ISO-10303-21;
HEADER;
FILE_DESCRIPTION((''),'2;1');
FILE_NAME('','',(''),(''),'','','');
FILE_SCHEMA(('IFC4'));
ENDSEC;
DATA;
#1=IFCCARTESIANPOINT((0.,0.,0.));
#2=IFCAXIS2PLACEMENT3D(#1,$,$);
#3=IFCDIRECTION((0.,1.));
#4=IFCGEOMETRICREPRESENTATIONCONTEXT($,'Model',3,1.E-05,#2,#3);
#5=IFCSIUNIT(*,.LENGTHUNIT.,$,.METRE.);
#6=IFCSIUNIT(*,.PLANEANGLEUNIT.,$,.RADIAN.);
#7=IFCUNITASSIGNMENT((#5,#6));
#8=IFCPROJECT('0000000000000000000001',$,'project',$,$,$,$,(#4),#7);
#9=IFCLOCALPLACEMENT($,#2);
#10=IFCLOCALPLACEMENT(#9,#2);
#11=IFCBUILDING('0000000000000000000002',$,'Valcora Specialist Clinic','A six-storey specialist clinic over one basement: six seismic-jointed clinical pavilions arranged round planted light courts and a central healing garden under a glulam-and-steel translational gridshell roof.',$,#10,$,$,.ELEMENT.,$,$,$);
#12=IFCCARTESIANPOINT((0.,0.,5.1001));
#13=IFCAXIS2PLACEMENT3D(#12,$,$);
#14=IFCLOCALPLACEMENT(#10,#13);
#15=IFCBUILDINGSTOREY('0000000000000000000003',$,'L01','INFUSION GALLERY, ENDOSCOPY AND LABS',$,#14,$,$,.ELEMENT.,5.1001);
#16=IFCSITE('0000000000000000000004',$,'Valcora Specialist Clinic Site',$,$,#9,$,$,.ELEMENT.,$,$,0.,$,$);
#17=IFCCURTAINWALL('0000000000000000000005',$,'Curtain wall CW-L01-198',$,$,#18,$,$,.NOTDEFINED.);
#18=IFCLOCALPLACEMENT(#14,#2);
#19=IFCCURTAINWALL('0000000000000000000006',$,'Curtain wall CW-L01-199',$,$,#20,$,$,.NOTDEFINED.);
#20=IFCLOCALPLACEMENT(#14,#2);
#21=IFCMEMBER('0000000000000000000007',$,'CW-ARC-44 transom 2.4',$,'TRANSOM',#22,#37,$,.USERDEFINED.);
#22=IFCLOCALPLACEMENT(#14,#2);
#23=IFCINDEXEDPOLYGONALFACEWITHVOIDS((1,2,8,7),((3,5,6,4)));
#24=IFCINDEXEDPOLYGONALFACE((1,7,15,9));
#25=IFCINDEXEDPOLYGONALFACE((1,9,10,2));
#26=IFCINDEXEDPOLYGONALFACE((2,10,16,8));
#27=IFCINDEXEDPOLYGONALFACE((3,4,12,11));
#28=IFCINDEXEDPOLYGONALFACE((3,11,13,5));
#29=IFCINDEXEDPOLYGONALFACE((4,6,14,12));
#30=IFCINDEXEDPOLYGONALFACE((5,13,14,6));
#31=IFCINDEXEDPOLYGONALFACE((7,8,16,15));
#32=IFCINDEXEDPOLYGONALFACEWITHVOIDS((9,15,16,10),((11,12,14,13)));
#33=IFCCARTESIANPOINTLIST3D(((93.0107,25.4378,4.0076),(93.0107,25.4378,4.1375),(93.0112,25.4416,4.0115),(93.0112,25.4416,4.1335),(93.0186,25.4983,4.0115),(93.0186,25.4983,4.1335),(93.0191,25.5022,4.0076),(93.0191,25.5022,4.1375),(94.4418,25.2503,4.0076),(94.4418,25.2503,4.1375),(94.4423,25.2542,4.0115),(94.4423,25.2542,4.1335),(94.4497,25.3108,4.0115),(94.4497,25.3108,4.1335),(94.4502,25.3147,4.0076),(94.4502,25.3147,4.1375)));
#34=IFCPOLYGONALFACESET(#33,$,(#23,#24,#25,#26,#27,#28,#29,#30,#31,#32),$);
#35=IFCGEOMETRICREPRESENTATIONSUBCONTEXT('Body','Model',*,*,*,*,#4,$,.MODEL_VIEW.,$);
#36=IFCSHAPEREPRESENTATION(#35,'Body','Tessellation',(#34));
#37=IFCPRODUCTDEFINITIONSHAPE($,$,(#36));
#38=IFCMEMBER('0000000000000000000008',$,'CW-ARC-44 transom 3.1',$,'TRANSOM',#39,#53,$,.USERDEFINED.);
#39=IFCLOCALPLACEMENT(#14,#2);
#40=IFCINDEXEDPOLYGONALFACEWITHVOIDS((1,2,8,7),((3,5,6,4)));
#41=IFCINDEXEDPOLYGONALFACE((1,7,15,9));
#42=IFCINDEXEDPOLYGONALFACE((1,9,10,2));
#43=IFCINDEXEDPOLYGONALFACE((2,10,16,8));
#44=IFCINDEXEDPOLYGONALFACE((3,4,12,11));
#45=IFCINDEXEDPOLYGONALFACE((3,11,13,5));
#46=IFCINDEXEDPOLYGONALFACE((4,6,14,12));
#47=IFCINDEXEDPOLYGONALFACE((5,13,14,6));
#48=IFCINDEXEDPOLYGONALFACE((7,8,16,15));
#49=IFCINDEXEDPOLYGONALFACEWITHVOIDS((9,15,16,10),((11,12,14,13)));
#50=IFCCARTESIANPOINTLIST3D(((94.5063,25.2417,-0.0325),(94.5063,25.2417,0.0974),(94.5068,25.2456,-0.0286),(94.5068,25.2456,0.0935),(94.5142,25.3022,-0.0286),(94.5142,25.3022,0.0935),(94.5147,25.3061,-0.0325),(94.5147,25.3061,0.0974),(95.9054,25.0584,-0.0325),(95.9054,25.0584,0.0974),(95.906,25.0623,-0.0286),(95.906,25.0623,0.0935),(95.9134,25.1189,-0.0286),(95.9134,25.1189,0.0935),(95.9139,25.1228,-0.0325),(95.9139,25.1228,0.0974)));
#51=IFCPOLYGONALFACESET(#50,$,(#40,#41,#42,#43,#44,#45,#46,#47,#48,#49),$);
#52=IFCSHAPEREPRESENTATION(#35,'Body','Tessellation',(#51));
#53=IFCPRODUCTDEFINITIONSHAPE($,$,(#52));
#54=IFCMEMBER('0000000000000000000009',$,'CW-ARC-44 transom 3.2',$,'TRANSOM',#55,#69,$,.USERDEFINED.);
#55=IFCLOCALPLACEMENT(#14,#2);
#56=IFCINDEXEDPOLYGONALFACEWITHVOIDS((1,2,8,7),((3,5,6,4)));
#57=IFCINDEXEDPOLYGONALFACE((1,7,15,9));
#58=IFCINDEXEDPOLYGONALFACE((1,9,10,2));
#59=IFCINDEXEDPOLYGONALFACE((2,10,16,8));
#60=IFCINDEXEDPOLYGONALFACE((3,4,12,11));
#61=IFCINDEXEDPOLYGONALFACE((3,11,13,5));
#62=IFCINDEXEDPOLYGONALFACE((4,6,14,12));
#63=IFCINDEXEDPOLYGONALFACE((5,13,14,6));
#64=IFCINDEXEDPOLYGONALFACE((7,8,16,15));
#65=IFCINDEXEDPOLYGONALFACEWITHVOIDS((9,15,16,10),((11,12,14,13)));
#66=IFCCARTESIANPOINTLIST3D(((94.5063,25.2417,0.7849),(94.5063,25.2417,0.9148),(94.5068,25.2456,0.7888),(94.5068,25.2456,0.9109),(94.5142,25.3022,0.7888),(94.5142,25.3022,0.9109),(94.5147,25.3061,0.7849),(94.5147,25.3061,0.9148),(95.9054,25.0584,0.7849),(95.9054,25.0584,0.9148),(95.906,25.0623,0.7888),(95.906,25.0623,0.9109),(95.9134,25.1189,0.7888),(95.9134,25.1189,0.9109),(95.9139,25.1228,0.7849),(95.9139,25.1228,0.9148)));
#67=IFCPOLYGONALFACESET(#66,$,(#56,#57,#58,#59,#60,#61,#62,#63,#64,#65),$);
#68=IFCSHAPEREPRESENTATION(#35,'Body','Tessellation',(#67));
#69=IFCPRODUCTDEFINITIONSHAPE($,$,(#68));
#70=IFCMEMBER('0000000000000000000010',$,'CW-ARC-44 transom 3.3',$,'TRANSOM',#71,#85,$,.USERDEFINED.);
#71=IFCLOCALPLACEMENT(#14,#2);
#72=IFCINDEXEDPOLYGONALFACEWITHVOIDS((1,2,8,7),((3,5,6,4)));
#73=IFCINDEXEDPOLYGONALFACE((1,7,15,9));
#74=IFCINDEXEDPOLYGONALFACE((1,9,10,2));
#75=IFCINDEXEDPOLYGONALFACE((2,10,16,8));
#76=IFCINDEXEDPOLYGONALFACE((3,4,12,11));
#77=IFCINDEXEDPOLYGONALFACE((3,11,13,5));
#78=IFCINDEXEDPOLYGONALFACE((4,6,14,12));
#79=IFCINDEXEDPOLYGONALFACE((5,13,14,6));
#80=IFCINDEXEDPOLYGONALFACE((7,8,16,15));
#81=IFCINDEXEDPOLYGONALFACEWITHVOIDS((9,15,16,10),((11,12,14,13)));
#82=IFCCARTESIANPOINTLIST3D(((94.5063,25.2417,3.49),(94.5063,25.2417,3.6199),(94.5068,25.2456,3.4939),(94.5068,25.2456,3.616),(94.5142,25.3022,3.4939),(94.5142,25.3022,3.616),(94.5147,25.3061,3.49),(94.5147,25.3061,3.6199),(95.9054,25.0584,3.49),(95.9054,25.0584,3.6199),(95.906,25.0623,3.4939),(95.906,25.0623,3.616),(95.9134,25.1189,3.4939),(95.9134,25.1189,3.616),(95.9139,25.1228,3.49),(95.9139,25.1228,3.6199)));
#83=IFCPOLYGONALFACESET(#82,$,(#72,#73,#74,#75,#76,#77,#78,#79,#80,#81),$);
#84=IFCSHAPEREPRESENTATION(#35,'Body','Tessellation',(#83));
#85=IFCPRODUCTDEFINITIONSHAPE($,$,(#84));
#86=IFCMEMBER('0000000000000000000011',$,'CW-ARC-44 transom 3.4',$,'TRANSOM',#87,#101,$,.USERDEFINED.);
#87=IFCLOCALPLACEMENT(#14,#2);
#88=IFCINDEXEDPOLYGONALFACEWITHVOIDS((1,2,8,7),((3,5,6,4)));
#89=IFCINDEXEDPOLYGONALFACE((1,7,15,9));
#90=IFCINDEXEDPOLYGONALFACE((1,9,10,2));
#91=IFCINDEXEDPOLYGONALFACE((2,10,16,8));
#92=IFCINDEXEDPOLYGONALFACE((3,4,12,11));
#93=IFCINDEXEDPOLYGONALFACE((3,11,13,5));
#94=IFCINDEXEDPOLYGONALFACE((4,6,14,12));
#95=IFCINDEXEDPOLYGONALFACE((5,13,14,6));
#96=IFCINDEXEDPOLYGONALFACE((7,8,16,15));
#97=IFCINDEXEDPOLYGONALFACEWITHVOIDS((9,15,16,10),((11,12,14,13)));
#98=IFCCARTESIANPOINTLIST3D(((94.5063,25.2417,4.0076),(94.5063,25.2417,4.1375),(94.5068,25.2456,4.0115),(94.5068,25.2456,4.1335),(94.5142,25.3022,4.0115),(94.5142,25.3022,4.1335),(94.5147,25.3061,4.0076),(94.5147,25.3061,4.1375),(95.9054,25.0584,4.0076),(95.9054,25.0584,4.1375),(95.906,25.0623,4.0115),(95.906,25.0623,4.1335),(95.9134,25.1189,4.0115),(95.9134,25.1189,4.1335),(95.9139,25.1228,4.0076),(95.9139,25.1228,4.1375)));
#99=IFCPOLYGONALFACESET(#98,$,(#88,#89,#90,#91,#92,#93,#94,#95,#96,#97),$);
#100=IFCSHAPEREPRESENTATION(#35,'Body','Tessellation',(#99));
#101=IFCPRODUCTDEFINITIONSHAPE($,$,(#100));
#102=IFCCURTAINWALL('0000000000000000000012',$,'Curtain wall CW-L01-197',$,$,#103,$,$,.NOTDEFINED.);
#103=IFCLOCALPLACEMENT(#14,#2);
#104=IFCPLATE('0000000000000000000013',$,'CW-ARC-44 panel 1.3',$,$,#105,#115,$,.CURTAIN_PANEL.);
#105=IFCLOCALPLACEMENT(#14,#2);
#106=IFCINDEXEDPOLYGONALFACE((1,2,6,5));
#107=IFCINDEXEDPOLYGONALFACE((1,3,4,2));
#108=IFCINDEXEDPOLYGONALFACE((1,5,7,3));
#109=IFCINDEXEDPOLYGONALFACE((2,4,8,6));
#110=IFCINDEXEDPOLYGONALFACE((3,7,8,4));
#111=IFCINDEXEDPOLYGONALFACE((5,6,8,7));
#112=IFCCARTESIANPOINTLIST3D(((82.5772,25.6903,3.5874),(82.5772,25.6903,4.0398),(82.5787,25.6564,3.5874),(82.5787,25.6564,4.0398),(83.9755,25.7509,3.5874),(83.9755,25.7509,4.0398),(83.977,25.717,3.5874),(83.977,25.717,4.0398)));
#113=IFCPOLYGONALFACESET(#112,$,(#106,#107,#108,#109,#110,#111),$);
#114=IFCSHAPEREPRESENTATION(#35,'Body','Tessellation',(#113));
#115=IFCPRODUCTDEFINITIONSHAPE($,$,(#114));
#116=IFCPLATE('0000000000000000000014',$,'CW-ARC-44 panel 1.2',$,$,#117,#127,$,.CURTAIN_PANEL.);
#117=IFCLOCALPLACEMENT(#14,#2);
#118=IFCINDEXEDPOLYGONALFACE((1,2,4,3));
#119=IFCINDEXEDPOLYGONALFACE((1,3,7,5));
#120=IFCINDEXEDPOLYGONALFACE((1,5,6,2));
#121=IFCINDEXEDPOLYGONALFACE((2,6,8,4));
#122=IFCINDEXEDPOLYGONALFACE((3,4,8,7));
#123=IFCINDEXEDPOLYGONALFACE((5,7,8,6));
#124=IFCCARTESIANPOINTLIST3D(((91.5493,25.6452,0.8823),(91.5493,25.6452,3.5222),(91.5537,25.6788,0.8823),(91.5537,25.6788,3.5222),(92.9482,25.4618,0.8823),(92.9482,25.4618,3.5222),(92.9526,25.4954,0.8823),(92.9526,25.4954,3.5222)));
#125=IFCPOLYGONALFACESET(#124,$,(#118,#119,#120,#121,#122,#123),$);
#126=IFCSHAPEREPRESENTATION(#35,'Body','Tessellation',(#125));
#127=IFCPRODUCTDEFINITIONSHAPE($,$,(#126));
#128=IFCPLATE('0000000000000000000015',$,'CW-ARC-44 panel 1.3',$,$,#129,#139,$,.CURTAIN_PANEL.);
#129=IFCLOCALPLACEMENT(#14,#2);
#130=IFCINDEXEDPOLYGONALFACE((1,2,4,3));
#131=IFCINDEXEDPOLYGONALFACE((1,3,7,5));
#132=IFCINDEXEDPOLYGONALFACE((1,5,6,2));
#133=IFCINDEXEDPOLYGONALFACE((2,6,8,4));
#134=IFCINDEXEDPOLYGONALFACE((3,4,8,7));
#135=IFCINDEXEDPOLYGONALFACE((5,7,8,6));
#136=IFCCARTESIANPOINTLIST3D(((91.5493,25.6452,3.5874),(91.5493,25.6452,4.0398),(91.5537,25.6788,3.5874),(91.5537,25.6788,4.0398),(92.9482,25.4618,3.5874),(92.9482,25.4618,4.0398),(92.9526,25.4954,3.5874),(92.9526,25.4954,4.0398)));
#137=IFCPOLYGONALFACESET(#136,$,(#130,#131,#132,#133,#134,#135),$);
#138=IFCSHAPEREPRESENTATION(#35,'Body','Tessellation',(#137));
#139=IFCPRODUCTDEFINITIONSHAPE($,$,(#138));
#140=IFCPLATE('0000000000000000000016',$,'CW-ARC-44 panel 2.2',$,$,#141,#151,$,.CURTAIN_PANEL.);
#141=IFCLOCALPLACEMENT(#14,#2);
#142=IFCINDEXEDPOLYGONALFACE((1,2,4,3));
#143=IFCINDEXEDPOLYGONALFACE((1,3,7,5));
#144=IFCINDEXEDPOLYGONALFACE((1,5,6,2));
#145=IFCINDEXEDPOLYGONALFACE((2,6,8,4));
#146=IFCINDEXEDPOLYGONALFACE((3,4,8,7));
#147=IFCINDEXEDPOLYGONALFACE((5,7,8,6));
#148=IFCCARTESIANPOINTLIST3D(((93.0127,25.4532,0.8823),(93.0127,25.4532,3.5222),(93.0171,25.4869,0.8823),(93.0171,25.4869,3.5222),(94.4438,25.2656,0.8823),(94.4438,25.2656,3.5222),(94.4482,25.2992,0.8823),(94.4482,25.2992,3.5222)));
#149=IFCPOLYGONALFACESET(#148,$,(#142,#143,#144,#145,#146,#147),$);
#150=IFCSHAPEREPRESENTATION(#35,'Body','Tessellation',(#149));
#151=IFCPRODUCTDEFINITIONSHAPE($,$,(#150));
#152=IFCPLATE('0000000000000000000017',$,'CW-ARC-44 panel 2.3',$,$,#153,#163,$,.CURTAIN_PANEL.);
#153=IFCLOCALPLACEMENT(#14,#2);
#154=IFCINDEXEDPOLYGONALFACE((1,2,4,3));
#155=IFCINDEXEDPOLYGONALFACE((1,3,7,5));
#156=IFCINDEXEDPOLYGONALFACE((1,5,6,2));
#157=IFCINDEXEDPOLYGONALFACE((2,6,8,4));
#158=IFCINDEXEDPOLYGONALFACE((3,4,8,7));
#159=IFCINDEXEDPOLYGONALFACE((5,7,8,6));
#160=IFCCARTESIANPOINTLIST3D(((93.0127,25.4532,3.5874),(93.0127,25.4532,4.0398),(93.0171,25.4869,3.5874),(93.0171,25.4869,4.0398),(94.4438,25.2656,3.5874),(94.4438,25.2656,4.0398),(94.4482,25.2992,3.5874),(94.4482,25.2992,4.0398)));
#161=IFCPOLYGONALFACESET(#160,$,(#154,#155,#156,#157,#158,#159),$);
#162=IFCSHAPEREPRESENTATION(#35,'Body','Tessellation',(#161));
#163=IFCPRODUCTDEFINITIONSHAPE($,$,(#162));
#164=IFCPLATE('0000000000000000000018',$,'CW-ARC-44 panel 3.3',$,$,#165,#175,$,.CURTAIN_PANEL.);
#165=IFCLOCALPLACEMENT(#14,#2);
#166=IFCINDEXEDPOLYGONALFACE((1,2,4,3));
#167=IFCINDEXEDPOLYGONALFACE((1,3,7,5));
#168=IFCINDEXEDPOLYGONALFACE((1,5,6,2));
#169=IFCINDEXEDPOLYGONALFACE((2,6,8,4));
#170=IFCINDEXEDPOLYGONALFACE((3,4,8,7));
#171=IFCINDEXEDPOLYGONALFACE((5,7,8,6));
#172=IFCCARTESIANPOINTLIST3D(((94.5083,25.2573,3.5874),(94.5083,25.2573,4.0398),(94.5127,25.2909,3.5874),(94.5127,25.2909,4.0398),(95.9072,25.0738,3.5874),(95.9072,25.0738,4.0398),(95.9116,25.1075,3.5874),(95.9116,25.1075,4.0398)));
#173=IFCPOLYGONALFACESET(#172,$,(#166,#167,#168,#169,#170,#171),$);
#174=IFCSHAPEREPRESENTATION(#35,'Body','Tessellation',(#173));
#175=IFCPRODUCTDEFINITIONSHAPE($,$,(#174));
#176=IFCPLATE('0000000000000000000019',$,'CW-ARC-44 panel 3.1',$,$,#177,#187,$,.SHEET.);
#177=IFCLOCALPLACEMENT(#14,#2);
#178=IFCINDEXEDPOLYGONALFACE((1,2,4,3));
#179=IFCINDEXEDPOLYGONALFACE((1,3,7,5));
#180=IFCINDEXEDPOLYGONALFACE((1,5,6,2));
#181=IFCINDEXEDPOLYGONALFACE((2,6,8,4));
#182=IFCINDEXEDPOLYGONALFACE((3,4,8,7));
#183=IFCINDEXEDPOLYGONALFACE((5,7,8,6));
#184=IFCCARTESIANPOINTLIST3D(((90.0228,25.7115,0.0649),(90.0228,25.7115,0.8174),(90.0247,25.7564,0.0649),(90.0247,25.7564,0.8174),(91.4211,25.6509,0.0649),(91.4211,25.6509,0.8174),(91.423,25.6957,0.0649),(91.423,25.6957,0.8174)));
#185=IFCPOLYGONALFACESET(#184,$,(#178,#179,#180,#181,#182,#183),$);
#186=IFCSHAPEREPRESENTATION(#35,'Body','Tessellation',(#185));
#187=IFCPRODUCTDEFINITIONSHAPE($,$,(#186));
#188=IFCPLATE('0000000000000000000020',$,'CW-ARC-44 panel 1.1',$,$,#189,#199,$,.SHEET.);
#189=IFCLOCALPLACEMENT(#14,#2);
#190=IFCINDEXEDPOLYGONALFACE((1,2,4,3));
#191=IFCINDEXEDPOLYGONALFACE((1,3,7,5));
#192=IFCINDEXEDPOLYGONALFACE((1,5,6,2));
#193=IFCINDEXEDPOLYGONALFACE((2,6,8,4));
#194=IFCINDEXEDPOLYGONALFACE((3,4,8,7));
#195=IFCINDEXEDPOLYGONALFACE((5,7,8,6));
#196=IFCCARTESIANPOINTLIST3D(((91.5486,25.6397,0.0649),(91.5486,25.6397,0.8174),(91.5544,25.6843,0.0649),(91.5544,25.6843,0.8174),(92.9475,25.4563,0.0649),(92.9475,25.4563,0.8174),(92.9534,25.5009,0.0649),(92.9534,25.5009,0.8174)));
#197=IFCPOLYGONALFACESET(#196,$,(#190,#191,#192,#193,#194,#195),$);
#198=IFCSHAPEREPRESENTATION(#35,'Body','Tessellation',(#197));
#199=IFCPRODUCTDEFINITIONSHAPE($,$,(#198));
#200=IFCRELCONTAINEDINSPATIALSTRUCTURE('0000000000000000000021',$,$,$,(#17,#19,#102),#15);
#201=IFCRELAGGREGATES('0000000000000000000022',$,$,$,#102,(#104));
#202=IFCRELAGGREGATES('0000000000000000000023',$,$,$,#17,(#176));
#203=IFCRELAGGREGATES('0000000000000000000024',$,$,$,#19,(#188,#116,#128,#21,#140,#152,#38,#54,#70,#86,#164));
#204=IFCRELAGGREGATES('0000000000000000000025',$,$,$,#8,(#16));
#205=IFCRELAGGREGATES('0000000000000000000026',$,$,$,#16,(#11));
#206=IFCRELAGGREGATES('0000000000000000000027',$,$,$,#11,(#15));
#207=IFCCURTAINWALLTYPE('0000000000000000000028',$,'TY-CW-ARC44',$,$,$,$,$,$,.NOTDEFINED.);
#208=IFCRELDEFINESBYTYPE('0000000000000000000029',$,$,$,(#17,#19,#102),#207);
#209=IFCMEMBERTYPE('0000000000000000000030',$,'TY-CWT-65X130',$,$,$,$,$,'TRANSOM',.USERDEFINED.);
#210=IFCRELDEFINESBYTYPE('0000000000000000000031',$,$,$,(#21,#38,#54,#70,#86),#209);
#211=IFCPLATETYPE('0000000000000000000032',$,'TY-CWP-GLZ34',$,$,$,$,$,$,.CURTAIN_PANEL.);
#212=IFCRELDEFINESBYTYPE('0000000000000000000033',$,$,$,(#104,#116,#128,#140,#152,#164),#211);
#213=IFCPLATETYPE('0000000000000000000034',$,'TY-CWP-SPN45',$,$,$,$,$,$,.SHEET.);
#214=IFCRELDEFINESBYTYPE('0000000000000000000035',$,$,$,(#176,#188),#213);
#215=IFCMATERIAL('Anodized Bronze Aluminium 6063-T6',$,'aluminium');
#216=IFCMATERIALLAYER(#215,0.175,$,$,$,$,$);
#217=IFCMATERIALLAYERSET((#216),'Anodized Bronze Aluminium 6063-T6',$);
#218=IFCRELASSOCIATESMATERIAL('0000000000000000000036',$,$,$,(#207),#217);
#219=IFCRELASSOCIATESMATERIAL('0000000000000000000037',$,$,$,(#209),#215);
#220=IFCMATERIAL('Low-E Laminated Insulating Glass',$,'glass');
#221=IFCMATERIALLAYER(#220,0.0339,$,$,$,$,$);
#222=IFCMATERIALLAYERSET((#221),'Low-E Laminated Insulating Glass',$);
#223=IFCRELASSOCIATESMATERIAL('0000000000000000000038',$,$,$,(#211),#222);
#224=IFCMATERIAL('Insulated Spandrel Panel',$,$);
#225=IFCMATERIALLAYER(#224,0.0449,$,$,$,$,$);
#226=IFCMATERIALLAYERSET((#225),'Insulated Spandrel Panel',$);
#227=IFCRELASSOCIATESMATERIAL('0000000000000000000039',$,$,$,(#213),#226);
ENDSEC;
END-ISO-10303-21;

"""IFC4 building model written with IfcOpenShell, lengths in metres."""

from ifc_helpers import new_model, si_unit, direction, frame, origin, origin_2d, place, context, subcontext, project, spatial, rectangle, hollow_rectangle, extrude, material, layer, layer_set, material_profile, profile_set, type_object, element, aggregate, save


model = new_model("IFC4")

# Units and contexts
model_context = context("Model", 3, precision=1e-05, world=origin(), true_north=direction((0.0, 1.0)))
body_context = subcontext(model_context, "Body", "Model", "MODEL_VIEW")
ifc_project = project(units=[si_unit("LENGTHUNIT", "METRE"), si_unit("PLANEANGLEUNIT", "RADIAN")], contexts=[model_context])

# Site, building, storey
site_placement = place(None, origin())
site = spatial("IfcSite", under=ifc_project, at=site_placement, Name="Valcora Specialist Clinic Site", CompositionType="ELEMENT", RefElevation=0.0)
building_placement = place(site_placement, origin())
building = spatial("IfcBuilding", under=site, at=building_placement, Name="Valcora Specialist Clinic", Description="A six-storey specialist clinic over one basement: six seismic-jointed clinical pavilions arranged round planted light courts and a central healing garden under a glulam-and-steel translational gridshell roof.", CompositionType="ELEMENT")
storey_placement = place(building_placement, frame((0.0, 0.0, 5.1001)))
storey = spatial("IfcBuildingStorey", under=building, at=storey_placement, Name="L01", Description="INFUSION GALLERY, ENDOSCOPY AND LABS", CompositionType="ELEMENT", Elevation=5.1001)

# Curtain wall
ifc_material_1 = material(Name="Anodized Bronze Aluminium 6063-T6", Category="aluminium")
ifc_layer_1 = layer(ifc_material_1, 0.175)
ifc_layer_set_1 = layer_set([ifc_layer_1], Name="Anodized Bronze Aluminium 6063-T6")
curtain_wall_type = type_object("IfcCurtainWallType", Name="TY-CW-ARC44", PredefinedType="NOTDEFINED", material=ifc_layer_set_1)
curtain_wall_1_placement = place(storey_placement, origin())
curtain_wall_1 = element("IfcCurtainWall", 1, at=curtain_wall_1_placement, inside=storey, type_object=curtain_wall_type, Name="Curtain wall CW-L01-198", PredefinedType="NOTDEFINED")

# Curtain wall, members
curtain_wall_2_placement = place(storey_placement, origin())
curtain_wall_2 = element("IfcCurtainWall", 2, at=curtain_wall_2_placement, inside=storey, type_object=curtain_wall_type, Name="Curtain wall CW-L01-199", PredefinedType="NOTDEFINED")
ifc_material_profile_1 = material_profile(ifc_material_1, hollow_rectangle(XDim=0.0649, YDim=0.1299, WallThickness=0.0039, at=origin_2d()), Name="AL-TRN-65X130")
ifc_profile_set_1 = profile_set([ifc_material_profile_1], Name="Anodized Bronze Aluminium 6063-T6")
member_type_1 = type_object("IfcMemberType", Name="TY-CWT-65X130", ElementType="TRANSOM", PredefinedType="USERDEFINED", material=ifc_profile_set_1)
member_1_placement = place(storey_placement, frame((93.0149, 25.47, 4.0725), z_axis=(0.991527, -0.129903, 0.0), x_axis=(0.129903, 0.991527, 0.0)))
member_1 = element("IfcMember", 3, at=member_1_placement, type_object=member_type_1, Name="CW-ARC-44 transom 2.4", ObjectType="TRANSOM", PredefinedType="USERDEFINED", context=body_context, shape_type="SweptSolid", body=[
    extrude(hollow_rectangle(XDim=0.0649, YDim=0.1299, WallThickness=0.0039, at=origin_2d()), origin(), (0.0, 0.0, 1.0), 1.4434),
])
member_2_placement = place(storey_placement, frame((94.5105, 25.2739, 0.0325), z_axis=(0.991523, -0.129931, 0.0), x_axis=(0.129931, 0.991523, 0.0)))
member_2 = element("IfcMember", 4, at=member_2_placement, type_object=member_type_1, Name="CW-ARC-44 transom 3.1", ObjectType="TRANSOM", PredefinedType="USERDEFINED", context=body_context, shape_type="SweptSolid", body=[
    extrude(hollow_rectangle(XDim=0.0649, YDim=0.1299, WallThickness=0.0039, at=origin_2d()), origin(), (0.0, 0.0, 1.0), 1.4111),
])
member_3_placement = place(storey_placement, frame((94.5105, 25.2739, 0.8499), z_axis=(0.991523, -0.129931, 0.0), x_axis=(0.129931, 0.991523, 0.0)))
member_3 = element("IfcMember", 5, at=member_3_placement, type_object=member_type_1, Name="CW-ARC-44 transom 3.2", ObjectType="TRANSOM", PredefinedType="USERDEFINED", context=body_context, shape_type="SweptSolid", body=[
    extrude(hollow_rectangle(XDim=0.0649, YDim=0.1299, WallThickness=0.0039, at=origin_2d()), origin(), (0.0, 0.0, 1.0), 1.4111),
])
member_4_placement = place(storey_placement, frame((94.5105, 25.2739, 3.5549), z_axis=(0.991523, -0.129931, 0.0), x_axis=(0.129931, 0.991523, 0.0)))
member_4 = element("IfcMember", 6, at=member_4_placement, type_object=member_type_1, Name="CW-ARC-44 transom 3.3", ObjectType="TRANSOM", PredefinedType="USERDEFINED", context=body_context, shape_type="SweptSolid", body=[
    extrude(hollow_rectangle(XDim=0.0649, YDim=0.1299, WallThickness=0.0039, at=origin_2d()), origin(), (0.0, 0.0, 1.0), 1.4111),
])
member_5_placement = place(storey_placement, frame((94.5105, 25.2739, 4.0725), z_axis=(0.991523, -0.129931, 0.0), x_axis=(0.129931, 0.991523, 0.0)))
member_5 = element("IfcMember", 7, at=member_5_placement, type_object=member_type_1, Name="CW-ARC-44 transom 3.4", ObjectType="TRANSOM", PredefinedType="USERDEFINED", context=body_context, shape_type="SweptSolid", body=[
    extrude(hollow_rectangle(XDim=0.0649, YDim=0.1299, WallThickness=0.0039, at=origin_2d()), origin(), (0.0, 0.0, 1.0), 1.4111),
])

# Curtain wall, plate
curtain_wall_3_placement = place(storey_placement, origin())
curtain_wall_3 = element("IfcCurtainWall", 8, at=curtain_wall_3_placement, inside=storey, type_object=curtain_wall_type, Name="Curtain wall CW-L01-197", PredefinedType="NOTDEFINED")
ifc_material_2 = material(Name="Low-E Laminated Insulating Glass", Category="glass")
ifc_layer_2 = layer(ifc_material_2, 0.0339)
ifc_layer_set_2 = layer_set([ifc_layer_2], Name="Low-E Laminated Insulating Glass")
plate_type_1 = type_object("IfcPlateType", Name="TY-CWP-GLZ34", PredefinedType="CURTAIN_PANEL", material=ifc_layer_set_2)
plate_1_placement = place(storey_placement, frame((83.2771, 25.7036, 3.5874), z_axis=(0.0, 0.0, 1.0), x_axis=(0.999062, 0.043307, 0.0)))
plate_1 = element("IfcPlate", 9, at=plate_1_placement, type_object=plate_type_1, Name="CW-ARC-44 panel 1.3", PredefinedType="CURTAIN_PANEL", context=body_context, shape_type="SweptSolid", body=[
    extrude(rectangle(XDim=1.3997, YDim=0.0339, at=origin_2d()), origin(), (0.0, 0.0, 1.0), 0.4524),
])
aggregate(curtain_wall_3, [plate_1])

# Plates
plate_2_placement = place(storey_placement, frame((92.251, 25.5703, 0.8823), z_axis=(0.0, 0.0, 1.0), x_axis=(0.991514, -0.129999, 0.0)))
plate_2 = element("IfcPlate", 10, at=plate_2_placement, type_object=plate_type_1, Name="CW-ARC-44 panel 1.2", PredefinedType="CURTAIN_PANEL", context=body_context, shape_type="SweptSolid", body=[
    extrude(rectangle(XDim=1.4109, YDim=0.0339, at=origin_2d()), origin(), (0.0, 0.0, 1.0), 2.6399),
])
plate_3_placement = place(storey_placement, frame((92.251, 25.5703, 3.5874), z_axis=(0.0, 0.0, 1.0), x_axis=(0.991514, -0.129999, 0.0)))
plate_3 = element("IfcPlate", 11, at=plate_3_placement, type_object=plate_type_1, Name="CW-ARC-44 panel 1.3", PredefinedType="CURTAIN_PANEL", context=body_context, shape_type="SweptSolid", body=[
    extrude(rectangle(XDim=1.4109, YDim=0.0339, at=origin_2d()), origin(), (0.0, 0.0, 1.0), 0.4524),
])
plate_4_placement = place(storey_placement, frame((93.7305, 25.3762, 0.8823), z_axis=(0.0, 0.0, 1.0), x_axis=(0.991514, -0.129999, 0.0)))
plate_4 = element("IfcPlate", 12, at=plate_4_placement, type_object=plate_type_1, Name="CW-ARC-44 panel 2.2", PredefinedType="CURTAIN_PANEL", context=body_context, shape_type="SweptSolid", body=[
    extrude(rectangle(XDim=1.4434, YDim=0.0339, at=origin_2d()), origin(), (0.0, 0.0, 1.0), 2.6399),
])
plate_5_placement = place(storey_placement, frame((93.7305, 25.3762, 3.5874), z_axis=(0.0, 0.0, 1.0), x_axis=(0.991514, -0.129999, 0.0)))
plate_5 = element("IfcPlate", 13, at=plate_5_placement, type_object=plate_type_1, Name="CW-ARC-44 panel 2.3", PredefinedType="CURTAIN_PANEL", context=body_context, shape_type="SweptSolid", body=[
    extrude(rectangle(XDim=1.4434, YDim=0.0339, at=origin_2d()), origin(), (0.0, 0.0, 1.0), 0.4524),
])
plate_6_placement = place(storey_placement, frame((95.21, 25.1824, 3.5874), z_axis=(0.0, 0.0, 1.0), x_axis=(0.991514, -0.129999, 0.0)))
plate_6 = element("IfcPlate", 14, at=plate_6_placement, type_object=plate_type_1, Name="CW-ARC-44 panel 3.3", PredefinedType="CURTAIN_PANEL", context=body_context, shape_type="SweptSolid", body=[
    extrude(rectangle(XDim=1.4109, YDim=0.0339, at=origin_2d()), origin(), (0.0, 0.0, 1.0), 0.4524),
])
ifc_material_3 = material(Name="Insulated Spandrel Panel")
ifc_layer_3 = layer(ifc_material_3, 0.0449)
ifc_layer_set_3 = layer_set([ifc_layer_3], Name="Insulated Spandrel Panel")
plate_type_2 = type_object("IfcPlateType", Name="TY-CWP-SPN45", PredefinedType="SHEET", material=ifc_layer_set_3)
plate_7_placement = place(storey_placement, frame((90.7229, 25.7036, 0.0649), z_axis=(0.0, 0.0, 1.0), x_axis=(0.999062, -0.043307, 0.0)))
plate_7 = element("IfcPlate", 15, at=plate_7_placement, type_object=plate_type_2, Name="CW-ARC-44 panel 3.1", PredefinedType="SHEET", context=body_context, shape_type="SweptSolid", body=[
    extrude(rectangle(XDim=1.3997, YDim=0.0449, at=origin_2d()), origin(), (0.0, 0.0, 1.0), 0.7524),
])
aggregate(curtain_wall_1, [plate_7])
plate_8_placement = place(storey_placement, frame((92.251, 25.5703, 0.0649), z_axis=(0.0, 0.0, 1.0), x_axis=(0.991514, -0.129999, 0.0)))
plate_8 = element("IfcPlate", 16, at=plate_8_placement, type_object=plate_type_2, Name="CW-ARC-44 panel 1.1", PredefinedType="SHEET", context=body_context, shape_type="SweptSolid", body=[
    extrude(rectangle(XDim=1.4109, YDim=0.0449, at=origin_2d()), origin(), (0.0, 0.0, 1.0), 0.7524),
])
aggregate(curtain_wall_2, [plate_8, plate_2, plate_3, member_1, plate_4, plate_5, member_2, member_3, member_4, member_5, plate_6])

save(model, "model.ifc")
